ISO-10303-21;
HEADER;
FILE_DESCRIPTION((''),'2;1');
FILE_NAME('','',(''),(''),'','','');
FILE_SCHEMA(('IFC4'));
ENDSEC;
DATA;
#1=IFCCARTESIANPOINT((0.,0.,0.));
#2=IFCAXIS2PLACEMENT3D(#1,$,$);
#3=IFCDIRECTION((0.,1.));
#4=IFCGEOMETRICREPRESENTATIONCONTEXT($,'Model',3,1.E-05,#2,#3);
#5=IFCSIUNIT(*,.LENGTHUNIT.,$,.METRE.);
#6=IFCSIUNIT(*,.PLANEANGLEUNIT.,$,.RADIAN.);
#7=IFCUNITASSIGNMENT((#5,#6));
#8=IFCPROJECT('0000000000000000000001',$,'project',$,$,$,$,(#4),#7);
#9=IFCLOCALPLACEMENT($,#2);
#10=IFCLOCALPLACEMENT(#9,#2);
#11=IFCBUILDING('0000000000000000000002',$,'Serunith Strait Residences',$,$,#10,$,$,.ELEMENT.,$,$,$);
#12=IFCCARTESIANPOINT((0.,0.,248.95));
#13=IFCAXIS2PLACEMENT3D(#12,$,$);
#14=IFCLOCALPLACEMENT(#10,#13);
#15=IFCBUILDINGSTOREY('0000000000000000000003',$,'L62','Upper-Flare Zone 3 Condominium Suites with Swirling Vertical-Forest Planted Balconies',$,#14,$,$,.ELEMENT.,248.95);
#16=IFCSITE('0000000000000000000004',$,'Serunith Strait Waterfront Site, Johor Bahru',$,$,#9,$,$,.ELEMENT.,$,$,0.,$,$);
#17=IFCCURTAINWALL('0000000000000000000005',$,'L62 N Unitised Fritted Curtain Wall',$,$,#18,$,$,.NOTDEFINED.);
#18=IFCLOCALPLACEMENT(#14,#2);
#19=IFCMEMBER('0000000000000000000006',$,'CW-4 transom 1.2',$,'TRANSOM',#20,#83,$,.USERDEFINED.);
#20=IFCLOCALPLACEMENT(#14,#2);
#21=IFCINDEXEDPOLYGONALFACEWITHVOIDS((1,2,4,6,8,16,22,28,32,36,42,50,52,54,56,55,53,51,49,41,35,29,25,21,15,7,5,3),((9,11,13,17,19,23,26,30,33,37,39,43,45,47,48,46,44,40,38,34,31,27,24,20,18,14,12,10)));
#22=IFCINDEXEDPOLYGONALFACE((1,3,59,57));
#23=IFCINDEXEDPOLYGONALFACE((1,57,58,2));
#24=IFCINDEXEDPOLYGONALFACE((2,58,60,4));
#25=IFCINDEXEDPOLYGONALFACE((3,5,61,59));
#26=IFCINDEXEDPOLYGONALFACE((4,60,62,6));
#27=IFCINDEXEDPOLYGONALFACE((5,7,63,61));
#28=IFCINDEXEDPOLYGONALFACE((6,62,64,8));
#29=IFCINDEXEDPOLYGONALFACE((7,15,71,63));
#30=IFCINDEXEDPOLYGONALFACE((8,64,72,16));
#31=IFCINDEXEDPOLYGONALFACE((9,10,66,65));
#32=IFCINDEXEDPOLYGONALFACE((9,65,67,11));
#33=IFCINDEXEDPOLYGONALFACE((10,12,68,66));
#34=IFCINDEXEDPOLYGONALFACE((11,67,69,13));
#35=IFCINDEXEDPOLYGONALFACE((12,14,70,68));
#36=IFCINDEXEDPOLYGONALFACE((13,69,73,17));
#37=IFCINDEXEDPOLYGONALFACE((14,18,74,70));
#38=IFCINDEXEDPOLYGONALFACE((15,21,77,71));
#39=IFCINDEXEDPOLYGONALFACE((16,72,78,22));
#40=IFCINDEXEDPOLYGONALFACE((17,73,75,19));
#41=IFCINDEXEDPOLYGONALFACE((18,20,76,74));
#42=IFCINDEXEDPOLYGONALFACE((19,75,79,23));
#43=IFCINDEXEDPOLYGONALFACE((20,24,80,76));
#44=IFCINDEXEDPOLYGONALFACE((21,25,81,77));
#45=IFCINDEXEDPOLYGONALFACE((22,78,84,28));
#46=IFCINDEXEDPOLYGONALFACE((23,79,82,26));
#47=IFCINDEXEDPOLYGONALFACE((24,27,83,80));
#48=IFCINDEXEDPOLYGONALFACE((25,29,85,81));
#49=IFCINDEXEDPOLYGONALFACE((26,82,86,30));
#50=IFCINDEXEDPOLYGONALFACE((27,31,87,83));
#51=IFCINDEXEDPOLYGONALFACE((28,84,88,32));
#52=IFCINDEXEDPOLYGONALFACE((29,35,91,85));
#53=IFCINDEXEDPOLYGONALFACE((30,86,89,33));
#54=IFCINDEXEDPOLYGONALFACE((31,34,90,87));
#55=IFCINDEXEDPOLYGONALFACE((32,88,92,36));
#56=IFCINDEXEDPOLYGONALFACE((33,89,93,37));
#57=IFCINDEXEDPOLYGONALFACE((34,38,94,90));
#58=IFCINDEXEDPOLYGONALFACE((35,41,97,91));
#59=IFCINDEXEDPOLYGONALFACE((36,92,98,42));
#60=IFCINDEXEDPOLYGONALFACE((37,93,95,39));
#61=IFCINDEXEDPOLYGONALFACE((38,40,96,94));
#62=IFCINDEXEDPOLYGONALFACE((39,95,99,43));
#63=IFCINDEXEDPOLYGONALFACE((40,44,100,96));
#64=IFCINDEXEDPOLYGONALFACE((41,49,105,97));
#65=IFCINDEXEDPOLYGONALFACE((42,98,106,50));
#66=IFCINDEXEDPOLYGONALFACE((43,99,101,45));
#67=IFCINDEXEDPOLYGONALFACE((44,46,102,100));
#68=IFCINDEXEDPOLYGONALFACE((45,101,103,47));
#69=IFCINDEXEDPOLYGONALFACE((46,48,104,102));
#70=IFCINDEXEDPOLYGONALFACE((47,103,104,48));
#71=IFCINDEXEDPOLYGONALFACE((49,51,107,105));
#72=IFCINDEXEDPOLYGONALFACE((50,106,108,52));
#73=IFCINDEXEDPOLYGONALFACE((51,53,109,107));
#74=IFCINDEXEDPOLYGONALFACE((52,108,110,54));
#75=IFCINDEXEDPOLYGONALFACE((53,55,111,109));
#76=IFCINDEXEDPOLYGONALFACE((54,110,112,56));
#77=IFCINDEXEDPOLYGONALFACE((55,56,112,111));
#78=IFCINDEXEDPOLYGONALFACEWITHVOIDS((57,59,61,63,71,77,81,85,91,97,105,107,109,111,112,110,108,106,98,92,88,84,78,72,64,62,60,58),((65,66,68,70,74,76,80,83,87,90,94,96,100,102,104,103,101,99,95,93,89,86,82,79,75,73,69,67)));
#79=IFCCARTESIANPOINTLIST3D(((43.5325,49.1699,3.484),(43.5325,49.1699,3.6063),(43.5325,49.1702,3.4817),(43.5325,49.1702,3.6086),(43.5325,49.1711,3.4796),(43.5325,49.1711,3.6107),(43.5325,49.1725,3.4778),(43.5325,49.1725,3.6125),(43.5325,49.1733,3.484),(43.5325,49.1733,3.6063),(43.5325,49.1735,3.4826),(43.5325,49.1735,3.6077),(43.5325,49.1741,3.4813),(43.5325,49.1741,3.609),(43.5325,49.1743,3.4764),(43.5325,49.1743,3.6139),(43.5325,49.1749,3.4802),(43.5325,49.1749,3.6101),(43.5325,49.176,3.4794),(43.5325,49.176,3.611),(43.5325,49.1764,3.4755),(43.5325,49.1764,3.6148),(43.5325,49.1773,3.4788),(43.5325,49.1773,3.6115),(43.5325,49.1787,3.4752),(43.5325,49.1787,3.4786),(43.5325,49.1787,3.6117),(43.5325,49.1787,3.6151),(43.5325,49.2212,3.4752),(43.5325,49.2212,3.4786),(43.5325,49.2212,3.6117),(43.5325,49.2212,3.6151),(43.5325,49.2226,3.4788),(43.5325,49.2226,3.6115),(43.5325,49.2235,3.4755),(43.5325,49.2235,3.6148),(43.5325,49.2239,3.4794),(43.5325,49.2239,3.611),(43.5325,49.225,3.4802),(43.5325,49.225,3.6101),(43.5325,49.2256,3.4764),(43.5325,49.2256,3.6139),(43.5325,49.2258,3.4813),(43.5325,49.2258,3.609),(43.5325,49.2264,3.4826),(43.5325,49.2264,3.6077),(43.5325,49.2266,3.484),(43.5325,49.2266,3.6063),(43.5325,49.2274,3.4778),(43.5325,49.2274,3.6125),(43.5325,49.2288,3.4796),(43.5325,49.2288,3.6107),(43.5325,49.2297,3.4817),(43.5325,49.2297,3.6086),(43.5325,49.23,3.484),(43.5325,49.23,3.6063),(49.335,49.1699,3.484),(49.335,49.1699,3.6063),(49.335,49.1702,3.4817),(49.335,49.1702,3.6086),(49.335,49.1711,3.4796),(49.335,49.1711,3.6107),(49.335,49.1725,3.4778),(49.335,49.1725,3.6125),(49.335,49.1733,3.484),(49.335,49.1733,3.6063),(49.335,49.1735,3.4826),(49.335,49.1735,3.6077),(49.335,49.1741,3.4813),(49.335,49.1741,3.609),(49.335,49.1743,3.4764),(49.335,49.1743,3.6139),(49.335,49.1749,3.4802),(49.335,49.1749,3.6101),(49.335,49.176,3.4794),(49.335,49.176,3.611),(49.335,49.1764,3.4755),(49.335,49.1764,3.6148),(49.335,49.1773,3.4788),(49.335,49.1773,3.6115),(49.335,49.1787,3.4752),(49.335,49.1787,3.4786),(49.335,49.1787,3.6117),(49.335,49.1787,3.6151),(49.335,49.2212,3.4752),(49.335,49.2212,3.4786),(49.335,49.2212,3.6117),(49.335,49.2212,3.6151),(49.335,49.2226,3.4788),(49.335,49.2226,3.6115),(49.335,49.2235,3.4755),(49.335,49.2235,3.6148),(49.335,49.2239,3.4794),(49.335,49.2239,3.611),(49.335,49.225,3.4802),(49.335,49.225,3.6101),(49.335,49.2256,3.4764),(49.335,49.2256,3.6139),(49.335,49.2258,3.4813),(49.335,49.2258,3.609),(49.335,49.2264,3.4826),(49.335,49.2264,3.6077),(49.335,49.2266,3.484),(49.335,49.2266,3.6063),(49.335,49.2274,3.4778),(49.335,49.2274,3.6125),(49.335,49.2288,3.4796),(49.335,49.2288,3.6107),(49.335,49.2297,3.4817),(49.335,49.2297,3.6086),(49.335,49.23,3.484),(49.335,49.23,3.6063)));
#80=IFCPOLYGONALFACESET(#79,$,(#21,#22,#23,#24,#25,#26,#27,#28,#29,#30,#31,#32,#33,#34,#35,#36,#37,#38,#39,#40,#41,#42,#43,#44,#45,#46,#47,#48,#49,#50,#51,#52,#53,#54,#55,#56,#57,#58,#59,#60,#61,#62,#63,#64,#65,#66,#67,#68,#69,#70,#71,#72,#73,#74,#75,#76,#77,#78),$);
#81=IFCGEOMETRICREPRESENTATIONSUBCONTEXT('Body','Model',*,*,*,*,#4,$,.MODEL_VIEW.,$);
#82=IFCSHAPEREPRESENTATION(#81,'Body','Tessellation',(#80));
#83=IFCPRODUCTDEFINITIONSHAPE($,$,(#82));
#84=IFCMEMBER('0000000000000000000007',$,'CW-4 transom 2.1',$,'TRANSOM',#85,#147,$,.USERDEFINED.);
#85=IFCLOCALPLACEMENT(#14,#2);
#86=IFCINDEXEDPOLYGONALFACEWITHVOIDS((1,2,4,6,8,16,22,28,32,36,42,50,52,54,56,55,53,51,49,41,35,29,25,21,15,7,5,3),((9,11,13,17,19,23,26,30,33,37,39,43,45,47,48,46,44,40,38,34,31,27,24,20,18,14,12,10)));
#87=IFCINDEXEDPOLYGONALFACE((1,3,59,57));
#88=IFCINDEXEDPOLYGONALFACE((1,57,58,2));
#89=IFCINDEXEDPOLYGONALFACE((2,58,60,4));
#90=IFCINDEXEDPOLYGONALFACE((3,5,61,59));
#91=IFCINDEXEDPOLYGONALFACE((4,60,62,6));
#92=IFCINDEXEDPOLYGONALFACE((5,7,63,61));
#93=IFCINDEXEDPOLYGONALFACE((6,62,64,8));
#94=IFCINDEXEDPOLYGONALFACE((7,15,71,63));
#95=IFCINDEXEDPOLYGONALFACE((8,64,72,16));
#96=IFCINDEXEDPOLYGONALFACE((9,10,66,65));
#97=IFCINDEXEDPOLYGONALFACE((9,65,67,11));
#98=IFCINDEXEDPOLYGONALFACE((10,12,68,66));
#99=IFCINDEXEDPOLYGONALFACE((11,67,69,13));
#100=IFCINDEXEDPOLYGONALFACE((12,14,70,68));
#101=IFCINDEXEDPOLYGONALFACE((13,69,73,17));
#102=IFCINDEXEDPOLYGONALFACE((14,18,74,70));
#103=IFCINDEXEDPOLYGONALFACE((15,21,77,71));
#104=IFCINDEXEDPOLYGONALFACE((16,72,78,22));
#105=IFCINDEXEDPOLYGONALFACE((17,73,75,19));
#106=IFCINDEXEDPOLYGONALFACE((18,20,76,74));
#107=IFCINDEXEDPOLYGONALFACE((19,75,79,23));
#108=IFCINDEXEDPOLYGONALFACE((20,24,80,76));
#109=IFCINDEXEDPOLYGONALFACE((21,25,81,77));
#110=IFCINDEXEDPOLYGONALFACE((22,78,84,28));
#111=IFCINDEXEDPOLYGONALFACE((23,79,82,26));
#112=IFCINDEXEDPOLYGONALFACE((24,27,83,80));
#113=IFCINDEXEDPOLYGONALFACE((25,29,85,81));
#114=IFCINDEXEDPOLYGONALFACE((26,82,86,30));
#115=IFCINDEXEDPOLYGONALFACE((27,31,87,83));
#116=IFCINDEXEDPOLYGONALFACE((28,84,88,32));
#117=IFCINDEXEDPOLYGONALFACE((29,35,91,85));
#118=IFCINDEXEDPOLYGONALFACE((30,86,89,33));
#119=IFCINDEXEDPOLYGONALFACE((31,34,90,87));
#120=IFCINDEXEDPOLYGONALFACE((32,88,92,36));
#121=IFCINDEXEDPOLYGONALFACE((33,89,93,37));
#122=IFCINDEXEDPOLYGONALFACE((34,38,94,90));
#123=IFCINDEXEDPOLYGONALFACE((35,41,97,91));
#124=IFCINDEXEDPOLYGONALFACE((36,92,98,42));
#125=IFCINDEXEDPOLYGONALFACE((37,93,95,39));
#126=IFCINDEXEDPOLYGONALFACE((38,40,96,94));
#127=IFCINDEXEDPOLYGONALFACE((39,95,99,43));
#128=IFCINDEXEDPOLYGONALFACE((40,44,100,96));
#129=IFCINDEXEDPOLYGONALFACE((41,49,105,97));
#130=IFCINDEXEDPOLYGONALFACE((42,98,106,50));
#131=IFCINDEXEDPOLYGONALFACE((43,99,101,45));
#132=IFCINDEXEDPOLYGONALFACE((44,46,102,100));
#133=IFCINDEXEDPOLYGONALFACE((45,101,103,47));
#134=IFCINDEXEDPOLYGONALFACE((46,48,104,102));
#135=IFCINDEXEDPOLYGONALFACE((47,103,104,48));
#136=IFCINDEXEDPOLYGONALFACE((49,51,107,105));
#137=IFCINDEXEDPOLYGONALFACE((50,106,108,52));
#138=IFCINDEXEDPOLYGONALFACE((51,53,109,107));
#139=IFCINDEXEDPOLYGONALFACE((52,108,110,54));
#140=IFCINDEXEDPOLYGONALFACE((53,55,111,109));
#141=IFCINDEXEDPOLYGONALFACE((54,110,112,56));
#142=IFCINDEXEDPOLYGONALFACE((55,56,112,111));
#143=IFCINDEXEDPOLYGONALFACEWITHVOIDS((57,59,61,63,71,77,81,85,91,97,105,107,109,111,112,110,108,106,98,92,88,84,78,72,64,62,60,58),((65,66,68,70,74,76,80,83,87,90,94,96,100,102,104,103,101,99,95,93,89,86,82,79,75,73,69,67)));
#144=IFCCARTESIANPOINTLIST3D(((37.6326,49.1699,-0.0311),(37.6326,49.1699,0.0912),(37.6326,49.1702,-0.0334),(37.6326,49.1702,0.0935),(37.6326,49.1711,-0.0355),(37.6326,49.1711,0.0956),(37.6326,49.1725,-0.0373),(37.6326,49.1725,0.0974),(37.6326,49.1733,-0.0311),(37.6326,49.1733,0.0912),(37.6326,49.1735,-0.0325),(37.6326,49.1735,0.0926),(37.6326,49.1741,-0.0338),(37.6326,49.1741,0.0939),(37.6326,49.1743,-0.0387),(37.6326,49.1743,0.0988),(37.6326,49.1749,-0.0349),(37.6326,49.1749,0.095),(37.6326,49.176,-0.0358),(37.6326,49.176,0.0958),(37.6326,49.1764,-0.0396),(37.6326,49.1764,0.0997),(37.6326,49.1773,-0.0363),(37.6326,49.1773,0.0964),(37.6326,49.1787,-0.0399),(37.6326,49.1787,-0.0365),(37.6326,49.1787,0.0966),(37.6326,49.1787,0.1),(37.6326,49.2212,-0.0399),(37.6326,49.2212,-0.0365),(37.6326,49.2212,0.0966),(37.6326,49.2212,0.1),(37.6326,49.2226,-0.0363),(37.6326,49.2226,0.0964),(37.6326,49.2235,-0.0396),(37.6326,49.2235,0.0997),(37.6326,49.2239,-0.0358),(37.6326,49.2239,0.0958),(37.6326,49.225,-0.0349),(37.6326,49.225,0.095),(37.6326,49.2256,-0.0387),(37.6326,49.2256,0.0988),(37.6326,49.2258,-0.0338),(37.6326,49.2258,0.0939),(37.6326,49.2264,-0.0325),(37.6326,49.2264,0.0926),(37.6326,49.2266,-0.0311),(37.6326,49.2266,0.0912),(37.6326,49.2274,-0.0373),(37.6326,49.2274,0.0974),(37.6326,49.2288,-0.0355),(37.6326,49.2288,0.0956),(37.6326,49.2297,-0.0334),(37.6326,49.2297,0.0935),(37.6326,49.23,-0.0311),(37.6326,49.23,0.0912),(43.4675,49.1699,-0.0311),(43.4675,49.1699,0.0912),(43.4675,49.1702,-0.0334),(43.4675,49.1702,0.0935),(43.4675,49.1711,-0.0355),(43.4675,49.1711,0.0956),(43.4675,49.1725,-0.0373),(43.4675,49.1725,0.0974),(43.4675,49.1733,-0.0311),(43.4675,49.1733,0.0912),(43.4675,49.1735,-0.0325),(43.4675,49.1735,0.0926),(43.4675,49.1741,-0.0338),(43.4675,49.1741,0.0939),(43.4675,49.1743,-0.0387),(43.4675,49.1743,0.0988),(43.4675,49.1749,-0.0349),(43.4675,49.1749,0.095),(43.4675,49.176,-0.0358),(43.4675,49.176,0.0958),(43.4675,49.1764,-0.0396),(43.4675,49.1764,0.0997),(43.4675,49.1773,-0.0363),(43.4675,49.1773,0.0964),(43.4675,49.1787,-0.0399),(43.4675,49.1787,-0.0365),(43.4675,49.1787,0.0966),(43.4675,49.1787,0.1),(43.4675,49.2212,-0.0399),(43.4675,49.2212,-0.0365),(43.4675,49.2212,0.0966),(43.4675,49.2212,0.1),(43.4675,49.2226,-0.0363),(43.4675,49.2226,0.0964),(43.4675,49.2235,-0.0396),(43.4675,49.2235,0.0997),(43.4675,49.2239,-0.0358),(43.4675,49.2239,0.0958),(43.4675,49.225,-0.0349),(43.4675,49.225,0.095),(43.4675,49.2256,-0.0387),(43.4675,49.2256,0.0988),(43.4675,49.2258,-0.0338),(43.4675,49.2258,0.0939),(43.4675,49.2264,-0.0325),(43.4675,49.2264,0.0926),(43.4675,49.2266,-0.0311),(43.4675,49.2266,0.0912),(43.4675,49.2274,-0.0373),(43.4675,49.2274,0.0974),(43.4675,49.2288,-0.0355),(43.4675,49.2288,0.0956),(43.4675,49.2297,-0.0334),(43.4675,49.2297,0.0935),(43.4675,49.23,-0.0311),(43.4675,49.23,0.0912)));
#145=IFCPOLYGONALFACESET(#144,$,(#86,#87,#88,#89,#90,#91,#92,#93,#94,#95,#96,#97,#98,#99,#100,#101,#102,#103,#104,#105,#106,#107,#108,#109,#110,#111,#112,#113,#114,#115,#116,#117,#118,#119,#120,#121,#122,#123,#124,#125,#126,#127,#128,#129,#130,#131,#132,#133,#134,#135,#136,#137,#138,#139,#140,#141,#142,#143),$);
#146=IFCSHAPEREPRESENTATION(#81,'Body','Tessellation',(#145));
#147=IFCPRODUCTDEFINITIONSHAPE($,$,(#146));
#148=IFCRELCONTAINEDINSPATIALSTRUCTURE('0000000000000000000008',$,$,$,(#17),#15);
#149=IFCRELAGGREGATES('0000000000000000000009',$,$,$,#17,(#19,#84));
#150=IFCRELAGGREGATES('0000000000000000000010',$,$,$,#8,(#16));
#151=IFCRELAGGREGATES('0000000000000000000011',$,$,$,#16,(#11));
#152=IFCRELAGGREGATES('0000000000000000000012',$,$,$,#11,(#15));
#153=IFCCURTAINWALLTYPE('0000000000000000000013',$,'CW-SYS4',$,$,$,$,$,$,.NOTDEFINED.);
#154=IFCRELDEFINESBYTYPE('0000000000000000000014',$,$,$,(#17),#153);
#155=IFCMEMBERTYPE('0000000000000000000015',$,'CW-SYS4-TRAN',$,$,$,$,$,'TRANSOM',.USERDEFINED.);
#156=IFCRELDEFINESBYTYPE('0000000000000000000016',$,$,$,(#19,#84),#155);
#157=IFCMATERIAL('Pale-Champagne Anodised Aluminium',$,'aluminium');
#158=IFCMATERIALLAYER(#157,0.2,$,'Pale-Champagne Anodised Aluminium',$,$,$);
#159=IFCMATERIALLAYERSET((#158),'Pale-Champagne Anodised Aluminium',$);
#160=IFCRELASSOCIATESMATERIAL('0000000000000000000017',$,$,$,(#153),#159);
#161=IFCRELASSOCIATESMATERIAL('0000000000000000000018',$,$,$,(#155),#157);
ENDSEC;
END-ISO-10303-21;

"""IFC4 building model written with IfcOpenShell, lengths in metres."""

from ifc_helpers import new_model, si_unit, direction, frame, origin, origin_2d, place, context, subcontext, project, spatial, hollow_rectangle, extrude, source, transform, mapped, material, layer, layer_set, material_profile, profile_set, type_object, element, aggregate, save


model = new_model("IFC4")

# Units and contexts
model_context = context("Model", 3, precision=1e-05, world=origin(), true_north=direction((0.0, 1.0)))
body_context = subcontext(model_context, "Body", "Model", "MODEL_VIEW")
ifc_project = project(units=[si_unit("LENGTHUNIT", "METRE"), si_unit("PLANEANGLEUNIT", "RADIAN")], contexts=[model_context])

# Site, building, storey
site_placement = place(None, origin())
site = spatial("IfcSite", under=ifc_project, at=site_placement, Name="Serunith Strait Waterfront Site, Johor Bahru", CompositionType="ELEMENT", RefElevation=0.0)
building_placement = place(site_placement, origin())
building = spatial("IfcBuilding", under=site, at=building_placement, Name="Serunith Strait Residences", CompositionType="ELEMENT")
storey_placement = place(building_placement, frame((0.0, 0.0, 248.95)))
storey = spatial("IfcBuildingStorey", under=building, at=storey_placement, Name="L62", Description="Upper-Flare Zone 3 Condominium Suites with Swirling Vertical-Forest Planted Balconies", CompositionType="ELEMENT", Elevation=248.95)

# Shared definitions
ifc_material_1 = material(Name="Pale-Champagne Anodised Aluminium", Category="aluminium")
ifc_layer_1 = layer(ifc_material_1, 0.2, Name="Pale-Champagne Anodised Aluminium")
ifc_layer_set_1 = layer_set([ifc_layer_1], Name="Pale-Champagne Anodised Aluminium")
curtain_wall_type = type_object("IfcCurtainWallType", Name="CW-SYS4", PredefinedType="NOTDEFINED", material=ifc_layer_set_1)

# Curtain wall, members
curtain_wall_1_placement = place(storey_placement, origin())
curtain_wall_1 = element("IfcCurtainWall", 1, at=curtain_wall_1_placement, inside=storey, type_object=curtain_wall_type, Name="L62 N Unitised Fritted Curtain Wall", PredefinedType="NOTDEFINED")
ifc_material_profile_1 = material_profile(ifc_material_1, hollow_rectangle(XDim=0.0601, YDim=0.1399, WallThickness=0.0034, InnerFilletRadius=0.0054, OuterFilletRadius=0.0088, at=origin_2d()), Name="ALU 140x60x3.5")
ifc_profile_set_1 = profile_set([ifc_material_profile_1], Name="Pale-Champagne Anodised Aluminium")
member_type_1 = type_object("IfcMemberType", Name="CW-SYS4-TRAN", ElementType="TRANSOM", PredefinedType="USERDEFINED", material=ifc_profile_set_1)
shared_shape_1 = source(origin(), body_context, "Body", "SweptSolid", [
    extrude(hollow_rectangle(XDim=0.0601, YDim=0.1399, WallThickness=0.0034, InnerFilletRadius=0.0054, OuterFilletRadius=0.0088, at=origin_2d()), origin(), (0.0, 0.0, 1.0), 5.8025),
])
member_1_placement = place(storey_placement, frame((49.335, 49.2, 3.5452), z_axis=(-1.0, 0.0, 0.0), x_axis=(0.0, -1.0, 0.0)))
member_1 = element("IfcMember", 2, at=member_1_placement, type_object=member_type_1, Name="CW-4 transom 1.2", ObjectType="TRANSOM", PredefinedType="USERDEFINED", context=body_context, shape_type="MappedRepresentation", body=[
    mapped(shared_shape_1, transform((0.0, 0.0, 0.0), scale=1.0)),
])
shared_shape_2 = source(origin(), body_context, "Body", "SweptSolid", [
    extrude(hollow_rectangle(XDim=0.0601, YDim=0.1399, WallThickness=0.0034, InnerFilletRadius=0.0054, OuterFilletRadius=0.0088, at=origin_2d()), origin(), (0.0, 0.0, 1.0), 5.835),
])
member_2_placement = place(storey_placement, frame((43.4675, 49.2, 0.03), z_axis=(-1.0, 0.0, 0.0), x_axis=(0.0, -1.0, 0.0)))
member_2 = element("IfcMember", 3, at=member_2_placement, type_object=member_type_1, Name="CW-4 transom 2.1", ObjectType="TRANSOM", PredefinedType="USERDEFINED", context=body_context, shape_type="MappedRepresentation", body=[
    mapped(shared_shape_2, transform((0.0, 0.0, 0.0), scale=1.0)),
])
aggregate(curtain_wall_1, [member_1, member_2])

save(model, "model.ifc")
